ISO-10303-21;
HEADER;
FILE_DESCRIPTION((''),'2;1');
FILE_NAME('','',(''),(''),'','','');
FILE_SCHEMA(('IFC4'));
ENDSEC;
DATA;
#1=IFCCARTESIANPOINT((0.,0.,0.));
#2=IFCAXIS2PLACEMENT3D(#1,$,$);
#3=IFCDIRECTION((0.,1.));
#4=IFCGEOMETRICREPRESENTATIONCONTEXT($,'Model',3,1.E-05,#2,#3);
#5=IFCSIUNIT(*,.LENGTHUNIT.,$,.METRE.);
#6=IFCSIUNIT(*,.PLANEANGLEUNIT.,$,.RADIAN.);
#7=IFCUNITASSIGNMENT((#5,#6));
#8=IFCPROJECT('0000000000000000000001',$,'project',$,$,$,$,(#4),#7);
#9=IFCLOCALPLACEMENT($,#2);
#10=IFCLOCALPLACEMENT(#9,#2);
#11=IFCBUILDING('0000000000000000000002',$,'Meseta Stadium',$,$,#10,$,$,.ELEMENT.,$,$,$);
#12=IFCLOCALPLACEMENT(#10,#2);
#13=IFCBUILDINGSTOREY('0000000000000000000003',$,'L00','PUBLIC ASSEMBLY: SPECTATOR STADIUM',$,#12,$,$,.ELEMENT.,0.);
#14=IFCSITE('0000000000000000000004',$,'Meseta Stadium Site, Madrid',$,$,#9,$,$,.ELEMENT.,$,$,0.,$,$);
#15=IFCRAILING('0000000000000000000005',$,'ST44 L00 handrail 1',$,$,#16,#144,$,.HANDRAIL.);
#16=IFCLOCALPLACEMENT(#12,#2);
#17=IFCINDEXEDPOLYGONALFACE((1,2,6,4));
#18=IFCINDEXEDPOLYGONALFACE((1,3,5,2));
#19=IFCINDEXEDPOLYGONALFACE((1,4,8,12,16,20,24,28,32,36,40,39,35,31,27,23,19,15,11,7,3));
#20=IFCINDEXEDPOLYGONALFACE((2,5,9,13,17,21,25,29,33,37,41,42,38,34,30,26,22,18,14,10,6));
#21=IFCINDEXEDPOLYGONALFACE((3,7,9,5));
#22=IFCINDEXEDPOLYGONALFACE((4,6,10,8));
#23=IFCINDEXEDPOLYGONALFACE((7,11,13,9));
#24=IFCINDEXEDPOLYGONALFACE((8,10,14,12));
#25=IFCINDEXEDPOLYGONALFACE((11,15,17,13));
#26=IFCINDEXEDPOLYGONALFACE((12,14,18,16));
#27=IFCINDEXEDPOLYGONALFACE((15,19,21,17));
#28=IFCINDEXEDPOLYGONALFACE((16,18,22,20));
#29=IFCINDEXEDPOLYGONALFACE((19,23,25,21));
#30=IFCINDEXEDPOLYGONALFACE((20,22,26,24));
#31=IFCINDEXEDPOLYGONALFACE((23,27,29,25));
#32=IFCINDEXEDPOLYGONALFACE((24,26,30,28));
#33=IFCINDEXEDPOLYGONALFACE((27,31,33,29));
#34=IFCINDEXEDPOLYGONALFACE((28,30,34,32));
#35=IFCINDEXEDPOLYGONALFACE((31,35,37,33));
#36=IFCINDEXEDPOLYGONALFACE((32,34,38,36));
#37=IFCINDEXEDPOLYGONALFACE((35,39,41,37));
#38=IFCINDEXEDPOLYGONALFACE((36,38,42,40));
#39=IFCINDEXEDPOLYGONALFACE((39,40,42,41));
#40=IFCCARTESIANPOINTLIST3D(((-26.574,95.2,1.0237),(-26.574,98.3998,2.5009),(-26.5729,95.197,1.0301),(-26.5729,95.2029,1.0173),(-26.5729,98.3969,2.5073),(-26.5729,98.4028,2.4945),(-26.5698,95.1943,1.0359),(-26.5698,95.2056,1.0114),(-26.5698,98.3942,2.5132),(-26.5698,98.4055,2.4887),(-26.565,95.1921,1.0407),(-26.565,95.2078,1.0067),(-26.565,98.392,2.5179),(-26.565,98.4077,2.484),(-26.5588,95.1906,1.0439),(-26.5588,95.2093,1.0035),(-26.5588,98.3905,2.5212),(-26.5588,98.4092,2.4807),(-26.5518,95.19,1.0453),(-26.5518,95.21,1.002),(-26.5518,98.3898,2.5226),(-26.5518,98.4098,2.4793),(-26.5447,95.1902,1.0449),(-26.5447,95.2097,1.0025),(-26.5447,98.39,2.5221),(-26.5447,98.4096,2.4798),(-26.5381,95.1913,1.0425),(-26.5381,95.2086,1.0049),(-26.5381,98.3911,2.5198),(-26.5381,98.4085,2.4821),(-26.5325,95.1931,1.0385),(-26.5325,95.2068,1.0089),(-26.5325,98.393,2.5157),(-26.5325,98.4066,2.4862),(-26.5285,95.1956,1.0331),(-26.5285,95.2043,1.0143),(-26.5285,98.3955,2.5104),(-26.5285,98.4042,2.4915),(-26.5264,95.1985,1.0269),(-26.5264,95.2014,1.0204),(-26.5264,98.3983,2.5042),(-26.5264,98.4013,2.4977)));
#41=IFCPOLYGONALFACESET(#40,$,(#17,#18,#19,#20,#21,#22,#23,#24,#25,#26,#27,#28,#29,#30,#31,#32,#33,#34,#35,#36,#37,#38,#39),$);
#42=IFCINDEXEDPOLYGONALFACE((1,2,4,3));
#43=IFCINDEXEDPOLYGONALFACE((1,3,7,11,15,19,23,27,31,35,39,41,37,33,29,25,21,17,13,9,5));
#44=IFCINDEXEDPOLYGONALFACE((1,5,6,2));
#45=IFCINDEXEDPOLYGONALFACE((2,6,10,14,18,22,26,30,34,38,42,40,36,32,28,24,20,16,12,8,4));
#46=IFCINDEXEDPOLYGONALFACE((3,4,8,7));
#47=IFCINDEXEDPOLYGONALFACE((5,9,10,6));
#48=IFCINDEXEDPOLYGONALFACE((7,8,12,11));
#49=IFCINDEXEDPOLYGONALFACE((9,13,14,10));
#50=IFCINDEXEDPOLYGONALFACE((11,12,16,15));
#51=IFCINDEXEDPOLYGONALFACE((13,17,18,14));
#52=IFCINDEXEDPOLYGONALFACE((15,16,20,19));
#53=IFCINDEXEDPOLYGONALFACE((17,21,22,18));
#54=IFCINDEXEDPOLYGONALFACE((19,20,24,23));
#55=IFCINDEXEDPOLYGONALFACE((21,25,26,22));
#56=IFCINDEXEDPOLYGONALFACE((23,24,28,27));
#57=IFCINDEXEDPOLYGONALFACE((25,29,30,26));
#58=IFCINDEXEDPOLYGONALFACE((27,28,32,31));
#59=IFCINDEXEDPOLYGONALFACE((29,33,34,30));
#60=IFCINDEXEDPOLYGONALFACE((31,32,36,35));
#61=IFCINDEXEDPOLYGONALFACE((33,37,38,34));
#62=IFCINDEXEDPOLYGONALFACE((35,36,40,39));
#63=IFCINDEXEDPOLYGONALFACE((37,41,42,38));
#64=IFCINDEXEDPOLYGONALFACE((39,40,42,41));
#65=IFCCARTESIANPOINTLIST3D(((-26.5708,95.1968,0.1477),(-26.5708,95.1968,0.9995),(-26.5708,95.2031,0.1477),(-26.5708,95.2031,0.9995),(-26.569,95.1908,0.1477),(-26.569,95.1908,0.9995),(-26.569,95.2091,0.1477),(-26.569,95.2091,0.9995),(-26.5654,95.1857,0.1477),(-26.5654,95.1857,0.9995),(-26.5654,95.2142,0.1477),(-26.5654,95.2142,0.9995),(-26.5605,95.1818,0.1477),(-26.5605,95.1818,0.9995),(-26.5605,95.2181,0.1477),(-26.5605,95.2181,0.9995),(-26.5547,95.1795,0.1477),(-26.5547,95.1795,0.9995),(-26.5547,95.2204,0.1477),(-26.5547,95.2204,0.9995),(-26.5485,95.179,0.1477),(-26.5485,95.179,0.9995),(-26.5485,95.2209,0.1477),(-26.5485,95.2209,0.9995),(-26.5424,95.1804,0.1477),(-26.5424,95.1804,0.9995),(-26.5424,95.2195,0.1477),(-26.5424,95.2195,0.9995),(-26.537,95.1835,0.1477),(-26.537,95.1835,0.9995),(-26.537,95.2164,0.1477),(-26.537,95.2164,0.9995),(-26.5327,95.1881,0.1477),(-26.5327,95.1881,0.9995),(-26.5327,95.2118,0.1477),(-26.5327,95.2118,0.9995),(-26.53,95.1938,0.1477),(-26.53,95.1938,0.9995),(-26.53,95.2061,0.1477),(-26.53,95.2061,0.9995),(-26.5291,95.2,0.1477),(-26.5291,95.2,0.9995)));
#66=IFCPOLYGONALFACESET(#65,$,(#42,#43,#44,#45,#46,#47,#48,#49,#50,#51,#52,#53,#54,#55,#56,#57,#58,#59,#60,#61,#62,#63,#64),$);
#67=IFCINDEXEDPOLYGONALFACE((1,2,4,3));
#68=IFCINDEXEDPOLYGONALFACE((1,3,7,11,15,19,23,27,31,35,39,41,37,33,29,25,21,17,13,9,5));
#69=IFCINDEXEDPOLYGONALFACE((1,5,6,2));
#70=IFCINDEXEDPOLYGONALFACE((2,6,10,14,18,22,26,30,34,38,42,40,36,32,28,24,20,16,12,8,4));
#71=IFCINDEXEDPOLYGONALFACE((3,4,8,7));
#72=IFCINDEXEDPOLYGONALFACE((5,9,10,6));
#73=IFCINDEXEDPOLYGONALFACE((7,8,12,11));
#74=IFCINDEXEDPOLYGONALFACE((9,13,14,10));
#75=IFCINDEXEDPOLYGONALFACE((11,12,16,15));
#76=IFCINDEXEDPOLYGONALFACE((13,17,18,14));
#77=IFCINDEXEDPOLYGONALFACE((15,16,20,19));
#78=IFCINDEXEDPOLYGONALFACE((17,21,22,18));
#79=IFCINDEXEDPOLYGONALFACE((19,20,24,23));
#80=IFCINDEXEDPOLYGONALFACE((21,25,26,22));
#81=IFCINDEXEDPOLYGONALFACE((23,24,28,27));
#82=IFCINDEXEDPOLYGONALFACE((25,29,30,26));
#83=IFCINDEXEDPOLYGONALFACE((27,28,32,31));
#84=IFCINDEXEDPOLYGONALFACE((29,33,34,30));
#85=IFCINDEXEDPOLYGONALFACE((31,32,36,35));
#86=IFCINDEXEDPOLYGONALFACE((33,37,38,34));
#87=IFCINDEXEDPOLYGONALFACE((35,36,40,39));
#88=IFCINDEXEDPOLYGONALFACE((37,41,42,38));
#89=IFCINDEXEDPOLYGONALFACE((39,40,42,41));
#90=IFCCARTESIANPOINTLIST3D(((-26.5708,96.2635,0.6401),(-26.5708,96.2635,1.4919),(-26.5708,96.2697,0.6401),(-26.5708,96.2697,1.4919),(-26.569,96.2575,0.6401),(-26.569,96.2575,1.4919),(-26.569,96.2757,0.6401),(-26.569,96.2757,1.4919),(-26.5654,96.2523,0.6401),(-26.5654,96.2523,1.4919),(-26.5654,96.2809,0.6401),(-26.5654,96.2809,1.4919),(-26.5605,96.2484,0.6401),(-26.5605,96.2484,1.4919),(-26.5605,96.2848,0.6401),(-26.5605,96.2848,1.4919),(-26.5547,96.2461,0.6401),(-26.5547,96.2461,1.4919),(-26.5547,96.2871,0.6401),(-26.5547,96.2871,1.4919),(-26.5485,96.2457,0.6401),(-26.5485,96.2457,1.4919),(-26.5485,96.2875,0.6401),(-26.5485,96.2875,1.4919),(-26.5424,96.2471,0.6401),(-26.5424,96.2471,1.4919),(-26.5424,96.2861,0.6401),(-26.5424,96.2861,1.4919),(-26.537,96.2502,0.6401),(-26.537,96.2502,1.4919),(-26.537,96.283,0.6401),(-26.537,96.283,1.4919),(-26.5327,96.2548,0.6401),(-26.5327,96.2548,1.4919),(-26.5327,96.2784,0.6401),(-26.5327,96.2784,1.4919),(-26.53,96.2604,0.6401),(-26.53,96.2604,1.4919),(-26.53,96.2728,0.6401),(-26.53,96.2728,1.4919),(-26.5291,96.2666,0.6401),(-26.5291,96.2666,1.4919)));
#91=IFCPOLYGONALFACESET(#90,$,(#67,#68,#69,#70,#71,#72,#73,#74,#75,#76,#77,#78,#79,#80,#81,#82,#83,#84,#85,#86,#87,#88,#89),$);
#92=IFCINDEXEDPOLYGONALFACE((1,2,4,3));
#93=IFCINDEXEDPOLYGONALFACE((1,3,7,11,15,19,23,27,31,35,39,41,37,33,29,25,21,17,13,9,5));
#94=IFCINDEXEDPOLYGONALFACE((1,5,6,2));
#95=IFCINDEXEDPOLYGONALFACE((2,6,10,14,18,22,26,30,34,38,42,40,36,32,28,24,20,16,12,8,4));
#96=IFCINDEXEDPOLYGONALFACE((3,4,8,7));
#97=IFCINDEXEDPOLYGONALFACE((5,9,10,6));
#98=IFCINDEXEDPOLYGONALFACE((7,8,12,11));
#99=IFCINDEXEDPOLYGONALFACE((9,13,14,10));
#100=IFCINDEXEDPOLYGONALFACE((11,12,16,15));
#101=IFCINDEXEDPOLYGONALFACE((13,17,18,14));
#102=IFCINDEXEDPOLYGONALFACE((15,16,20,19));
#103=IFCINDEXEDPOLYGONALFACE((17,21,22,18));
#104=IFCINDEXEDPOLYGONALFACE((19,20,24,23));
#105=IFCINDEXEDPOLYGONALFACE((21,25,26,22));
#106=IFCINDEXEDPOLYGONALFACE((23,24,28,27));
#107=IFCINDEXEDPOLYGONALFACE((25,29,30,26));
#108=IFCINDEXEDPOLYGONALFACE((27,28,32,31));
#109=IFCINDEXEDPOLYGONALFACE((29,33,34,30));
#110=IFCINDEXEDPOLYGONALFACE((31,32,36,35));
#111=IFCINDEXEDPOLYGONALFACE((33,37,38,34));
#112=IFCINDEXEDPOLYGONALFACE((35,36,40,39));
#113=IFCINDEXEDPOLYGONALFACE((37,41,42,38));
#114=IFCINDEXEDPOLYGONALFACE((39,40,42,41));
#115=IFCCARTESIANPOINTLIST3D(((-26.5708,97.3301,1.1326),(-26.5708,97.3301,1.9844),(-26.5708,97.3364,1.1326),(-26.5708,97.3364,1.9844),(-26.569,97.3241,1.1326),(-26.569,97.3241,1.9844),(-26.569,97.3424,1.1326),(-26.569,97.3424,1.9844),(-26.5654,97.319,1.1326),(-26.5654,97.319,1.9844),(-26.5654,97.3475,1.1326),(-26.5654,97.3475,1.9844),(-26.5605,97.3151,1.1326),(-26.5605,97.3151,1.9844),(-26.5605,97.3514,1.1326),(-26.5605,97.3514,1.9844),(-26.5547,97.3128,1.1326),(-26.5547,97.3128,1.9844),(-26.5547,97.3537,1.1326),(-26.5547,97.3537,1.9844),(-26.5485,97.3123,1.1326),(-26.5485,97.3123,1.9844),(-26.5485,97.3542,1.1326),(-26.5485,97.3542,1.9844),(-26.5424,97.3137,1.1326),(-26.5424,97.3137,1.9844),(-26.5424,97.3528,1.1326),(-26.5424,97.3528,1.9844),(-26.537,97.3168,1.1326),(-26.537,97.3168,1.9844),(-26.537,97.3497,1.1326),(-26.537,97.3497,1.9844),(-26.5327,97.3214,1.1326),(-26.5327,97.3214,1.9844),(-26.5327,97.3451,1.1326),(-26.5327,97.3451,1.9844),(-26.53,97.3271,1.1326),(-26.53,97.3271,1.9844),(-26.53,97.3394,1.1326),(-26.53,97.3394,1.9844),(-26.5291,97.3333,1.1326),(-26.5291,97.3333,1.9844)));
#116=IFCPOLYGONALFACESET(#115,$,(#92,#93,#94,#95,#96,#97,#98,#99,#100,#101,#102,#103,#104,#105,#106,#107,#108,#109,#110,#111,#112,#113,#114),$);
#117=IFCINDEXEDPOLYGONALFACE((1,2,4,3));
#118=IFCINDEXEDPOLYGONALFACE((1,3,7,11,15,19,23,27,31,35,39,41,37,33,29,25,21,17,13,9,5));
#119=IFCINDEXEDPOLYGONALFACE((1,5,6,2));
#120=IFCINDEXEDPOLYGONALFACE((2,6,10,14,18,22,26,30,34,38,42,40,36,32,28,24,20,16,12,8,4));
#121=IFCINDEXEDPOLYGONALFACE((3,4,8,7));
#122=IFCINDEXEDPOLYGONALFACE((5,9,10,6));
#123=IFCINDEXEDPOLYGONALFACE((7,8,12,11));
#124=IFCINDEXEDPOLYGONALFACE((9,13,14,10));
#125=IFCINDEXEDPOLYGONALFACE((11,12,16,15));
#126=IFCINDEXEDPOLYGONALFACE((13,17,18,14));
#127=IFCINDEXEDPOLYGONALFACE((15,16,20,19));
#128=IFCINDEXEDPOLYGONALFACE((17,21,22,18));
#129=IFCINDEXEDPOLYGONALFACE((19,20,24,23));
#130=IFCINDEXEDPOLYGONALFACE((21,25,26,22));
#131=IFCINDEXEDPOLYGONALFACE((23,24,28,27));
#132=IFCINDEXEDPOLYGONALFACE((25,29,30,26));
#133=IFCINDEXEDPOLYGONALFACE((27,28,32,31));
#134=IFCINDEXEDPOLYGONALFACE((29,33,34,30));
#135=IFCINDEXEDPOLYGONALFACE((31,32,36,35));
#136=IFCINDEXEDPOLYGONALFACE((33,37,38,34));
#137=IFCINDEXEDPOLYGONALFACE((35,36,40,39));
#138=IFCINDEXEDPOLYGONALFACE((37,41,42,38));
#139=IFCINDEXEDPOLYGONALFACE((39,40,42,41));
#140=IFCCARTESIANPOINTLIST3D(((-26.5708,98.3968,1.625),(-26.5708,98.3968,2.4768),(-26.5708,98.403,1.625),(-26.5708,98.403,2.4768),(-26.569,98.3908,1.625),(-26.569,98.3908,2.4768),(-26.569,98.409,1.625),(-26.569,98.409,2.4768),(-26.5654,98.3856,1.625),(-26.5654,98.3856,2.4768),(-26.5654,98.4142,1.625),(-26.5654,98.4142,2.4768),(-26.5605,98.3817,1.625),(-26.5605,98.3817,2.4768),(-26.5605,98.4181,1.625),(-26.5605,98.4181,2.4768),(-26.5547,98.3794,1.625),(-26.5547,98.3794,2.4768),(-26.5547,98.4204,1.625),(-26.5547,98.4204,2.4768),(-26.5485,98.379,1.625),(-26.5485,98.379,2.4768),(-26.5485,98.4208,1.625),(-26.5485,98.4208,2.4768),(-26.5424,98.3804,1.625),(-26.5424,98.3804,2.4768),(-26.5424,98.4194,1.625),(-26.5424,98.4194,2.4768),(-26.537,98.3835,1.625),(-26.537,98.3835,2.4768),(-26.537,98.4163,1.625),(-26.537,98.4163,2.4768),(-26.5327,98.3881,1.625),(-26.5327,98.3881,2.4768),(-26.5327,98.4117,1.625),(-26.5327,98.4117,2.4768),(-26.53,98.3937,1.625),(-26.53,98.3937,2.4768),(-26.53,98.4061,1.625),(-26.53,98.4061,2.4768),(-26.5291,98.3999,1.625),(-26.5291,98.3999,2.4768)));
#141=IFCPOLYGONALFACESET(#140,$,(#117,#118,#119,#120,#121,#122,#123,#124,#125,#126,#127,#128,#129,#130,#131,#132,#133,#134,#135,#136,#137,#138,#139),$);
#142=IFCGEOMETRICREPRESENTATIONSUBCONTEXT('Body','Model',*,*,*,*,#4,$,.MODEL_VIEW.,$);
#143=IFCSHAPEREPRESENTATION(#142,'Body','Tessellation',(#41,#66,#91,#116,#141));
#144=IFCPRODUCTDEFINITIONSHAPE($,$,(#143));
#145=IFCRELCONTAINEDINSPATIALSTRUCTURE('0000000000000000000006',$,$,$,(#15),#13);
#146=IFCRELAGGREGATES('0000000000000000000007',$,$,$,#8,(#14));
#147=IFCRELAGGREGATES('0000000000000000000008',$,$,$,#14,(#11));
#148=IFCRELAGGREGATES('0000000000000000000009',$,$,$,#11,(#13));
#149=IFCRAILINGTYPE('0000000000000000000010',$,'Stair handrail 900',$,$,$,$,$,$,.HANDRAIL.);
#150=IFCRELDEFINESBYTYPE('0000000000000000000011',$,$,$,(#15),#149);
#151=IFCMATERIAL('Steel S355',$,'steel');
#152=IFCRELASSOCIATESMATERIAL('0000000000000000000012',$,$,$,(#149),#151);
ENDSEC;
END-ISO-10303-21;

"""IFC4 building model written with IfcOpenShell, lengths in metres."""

from ifc_helpers import new_model, si_unit, direction, frame, origin, origin_2d, place, context, subcontext, project, spatial, circle, extrude, material, type_object, element, save


model = new_model("IFC4")

# Units and contexts
model_context = context("Model", 3, precision=1e-05, world=origin(), true_north=direction((0.0, 1.0)))
body_context = subcontext(model_context, "Body", "Model", "MODEL_VIEW")
ifc_project = project(units=[si_unit("LENGTHUNIT", "METRE"), si_unit("PLANEANGLEUNIT", "RADIAN")], contexts=[model_context])

# Site, building, storey
site_placement = place(None, origin())
site = spatial("IfcSite", under=ifc_project, at=site_placement, Name="Meseta Stadium Site, Madrid", CompositionType="ELEMENT", RefElevation=0.0)
building_placement = place(site_placement, origin())
building = spatial("IfcBuilding", under=site, at=building_placement, Name="Meseta Stadium", CompositionType="ELEMENT")
storey_placement = place(building_placement, origin())
storey = spatial("IfcBuildingStorey", under=building, at=storey_placement, Name="L00", Description="PUBLIC ASSEMBLY: SPECTATOR STADIUM", CompositionType="ELEMENT", Elevation=0.0)

# Railing
ifc_material_1 = material(Name="Steel S355", Category="steel")
railing_type_1 = type_object("IfcRailingType", Name="Stair handrail 900", PredefinedType="HANDRAIL", material=ifc_material_1)
railing_1_placement = place(storey_placement, frame((-26.55, 95.2, 0.1477)))
element("IfcRailing", 1, at=railing_1_placement, inside=storey, type_object=railing_type_1, Name="ST44 L00 handrail 1", PredefinedType="HANDRAIL", context=body_context, shape_type="SweptSolid", body=[
    extrude(circle(Radius=0.0239, at=origin_2d()), frame((0.0, 0.0, 0.876), z_axis=(0.0, 0.907917, 0.41915), x_axis=(-1.0, 0.0, 0.0)), (0.0, 0.0, 1.0), 3.5244),
    extrude(circle(Radius=0.021, at=origin_2d()), origin(), (0.0, 0.0, 1.0), 0.8518),
    extrude(circle(Radius=0.021, at=origin_2d()), frame((0.0, 1.0667, 0.4924)), (0.0, 0.0, 1.0), 0.8518),
    extrude(circle(Radius=0.021, at=origin_2d()), frame((0.0, 2.1333, 0.9849)), (0.0, 0.0, 1.0), 0.8518),
    extrude(circle(Radius=0.021, at=origin_2d()), frame((0.0, 3.2, 1.4773)), (0.0, 0.0, 1.0), 0.8518),
])

save(model, "model.ifc")
